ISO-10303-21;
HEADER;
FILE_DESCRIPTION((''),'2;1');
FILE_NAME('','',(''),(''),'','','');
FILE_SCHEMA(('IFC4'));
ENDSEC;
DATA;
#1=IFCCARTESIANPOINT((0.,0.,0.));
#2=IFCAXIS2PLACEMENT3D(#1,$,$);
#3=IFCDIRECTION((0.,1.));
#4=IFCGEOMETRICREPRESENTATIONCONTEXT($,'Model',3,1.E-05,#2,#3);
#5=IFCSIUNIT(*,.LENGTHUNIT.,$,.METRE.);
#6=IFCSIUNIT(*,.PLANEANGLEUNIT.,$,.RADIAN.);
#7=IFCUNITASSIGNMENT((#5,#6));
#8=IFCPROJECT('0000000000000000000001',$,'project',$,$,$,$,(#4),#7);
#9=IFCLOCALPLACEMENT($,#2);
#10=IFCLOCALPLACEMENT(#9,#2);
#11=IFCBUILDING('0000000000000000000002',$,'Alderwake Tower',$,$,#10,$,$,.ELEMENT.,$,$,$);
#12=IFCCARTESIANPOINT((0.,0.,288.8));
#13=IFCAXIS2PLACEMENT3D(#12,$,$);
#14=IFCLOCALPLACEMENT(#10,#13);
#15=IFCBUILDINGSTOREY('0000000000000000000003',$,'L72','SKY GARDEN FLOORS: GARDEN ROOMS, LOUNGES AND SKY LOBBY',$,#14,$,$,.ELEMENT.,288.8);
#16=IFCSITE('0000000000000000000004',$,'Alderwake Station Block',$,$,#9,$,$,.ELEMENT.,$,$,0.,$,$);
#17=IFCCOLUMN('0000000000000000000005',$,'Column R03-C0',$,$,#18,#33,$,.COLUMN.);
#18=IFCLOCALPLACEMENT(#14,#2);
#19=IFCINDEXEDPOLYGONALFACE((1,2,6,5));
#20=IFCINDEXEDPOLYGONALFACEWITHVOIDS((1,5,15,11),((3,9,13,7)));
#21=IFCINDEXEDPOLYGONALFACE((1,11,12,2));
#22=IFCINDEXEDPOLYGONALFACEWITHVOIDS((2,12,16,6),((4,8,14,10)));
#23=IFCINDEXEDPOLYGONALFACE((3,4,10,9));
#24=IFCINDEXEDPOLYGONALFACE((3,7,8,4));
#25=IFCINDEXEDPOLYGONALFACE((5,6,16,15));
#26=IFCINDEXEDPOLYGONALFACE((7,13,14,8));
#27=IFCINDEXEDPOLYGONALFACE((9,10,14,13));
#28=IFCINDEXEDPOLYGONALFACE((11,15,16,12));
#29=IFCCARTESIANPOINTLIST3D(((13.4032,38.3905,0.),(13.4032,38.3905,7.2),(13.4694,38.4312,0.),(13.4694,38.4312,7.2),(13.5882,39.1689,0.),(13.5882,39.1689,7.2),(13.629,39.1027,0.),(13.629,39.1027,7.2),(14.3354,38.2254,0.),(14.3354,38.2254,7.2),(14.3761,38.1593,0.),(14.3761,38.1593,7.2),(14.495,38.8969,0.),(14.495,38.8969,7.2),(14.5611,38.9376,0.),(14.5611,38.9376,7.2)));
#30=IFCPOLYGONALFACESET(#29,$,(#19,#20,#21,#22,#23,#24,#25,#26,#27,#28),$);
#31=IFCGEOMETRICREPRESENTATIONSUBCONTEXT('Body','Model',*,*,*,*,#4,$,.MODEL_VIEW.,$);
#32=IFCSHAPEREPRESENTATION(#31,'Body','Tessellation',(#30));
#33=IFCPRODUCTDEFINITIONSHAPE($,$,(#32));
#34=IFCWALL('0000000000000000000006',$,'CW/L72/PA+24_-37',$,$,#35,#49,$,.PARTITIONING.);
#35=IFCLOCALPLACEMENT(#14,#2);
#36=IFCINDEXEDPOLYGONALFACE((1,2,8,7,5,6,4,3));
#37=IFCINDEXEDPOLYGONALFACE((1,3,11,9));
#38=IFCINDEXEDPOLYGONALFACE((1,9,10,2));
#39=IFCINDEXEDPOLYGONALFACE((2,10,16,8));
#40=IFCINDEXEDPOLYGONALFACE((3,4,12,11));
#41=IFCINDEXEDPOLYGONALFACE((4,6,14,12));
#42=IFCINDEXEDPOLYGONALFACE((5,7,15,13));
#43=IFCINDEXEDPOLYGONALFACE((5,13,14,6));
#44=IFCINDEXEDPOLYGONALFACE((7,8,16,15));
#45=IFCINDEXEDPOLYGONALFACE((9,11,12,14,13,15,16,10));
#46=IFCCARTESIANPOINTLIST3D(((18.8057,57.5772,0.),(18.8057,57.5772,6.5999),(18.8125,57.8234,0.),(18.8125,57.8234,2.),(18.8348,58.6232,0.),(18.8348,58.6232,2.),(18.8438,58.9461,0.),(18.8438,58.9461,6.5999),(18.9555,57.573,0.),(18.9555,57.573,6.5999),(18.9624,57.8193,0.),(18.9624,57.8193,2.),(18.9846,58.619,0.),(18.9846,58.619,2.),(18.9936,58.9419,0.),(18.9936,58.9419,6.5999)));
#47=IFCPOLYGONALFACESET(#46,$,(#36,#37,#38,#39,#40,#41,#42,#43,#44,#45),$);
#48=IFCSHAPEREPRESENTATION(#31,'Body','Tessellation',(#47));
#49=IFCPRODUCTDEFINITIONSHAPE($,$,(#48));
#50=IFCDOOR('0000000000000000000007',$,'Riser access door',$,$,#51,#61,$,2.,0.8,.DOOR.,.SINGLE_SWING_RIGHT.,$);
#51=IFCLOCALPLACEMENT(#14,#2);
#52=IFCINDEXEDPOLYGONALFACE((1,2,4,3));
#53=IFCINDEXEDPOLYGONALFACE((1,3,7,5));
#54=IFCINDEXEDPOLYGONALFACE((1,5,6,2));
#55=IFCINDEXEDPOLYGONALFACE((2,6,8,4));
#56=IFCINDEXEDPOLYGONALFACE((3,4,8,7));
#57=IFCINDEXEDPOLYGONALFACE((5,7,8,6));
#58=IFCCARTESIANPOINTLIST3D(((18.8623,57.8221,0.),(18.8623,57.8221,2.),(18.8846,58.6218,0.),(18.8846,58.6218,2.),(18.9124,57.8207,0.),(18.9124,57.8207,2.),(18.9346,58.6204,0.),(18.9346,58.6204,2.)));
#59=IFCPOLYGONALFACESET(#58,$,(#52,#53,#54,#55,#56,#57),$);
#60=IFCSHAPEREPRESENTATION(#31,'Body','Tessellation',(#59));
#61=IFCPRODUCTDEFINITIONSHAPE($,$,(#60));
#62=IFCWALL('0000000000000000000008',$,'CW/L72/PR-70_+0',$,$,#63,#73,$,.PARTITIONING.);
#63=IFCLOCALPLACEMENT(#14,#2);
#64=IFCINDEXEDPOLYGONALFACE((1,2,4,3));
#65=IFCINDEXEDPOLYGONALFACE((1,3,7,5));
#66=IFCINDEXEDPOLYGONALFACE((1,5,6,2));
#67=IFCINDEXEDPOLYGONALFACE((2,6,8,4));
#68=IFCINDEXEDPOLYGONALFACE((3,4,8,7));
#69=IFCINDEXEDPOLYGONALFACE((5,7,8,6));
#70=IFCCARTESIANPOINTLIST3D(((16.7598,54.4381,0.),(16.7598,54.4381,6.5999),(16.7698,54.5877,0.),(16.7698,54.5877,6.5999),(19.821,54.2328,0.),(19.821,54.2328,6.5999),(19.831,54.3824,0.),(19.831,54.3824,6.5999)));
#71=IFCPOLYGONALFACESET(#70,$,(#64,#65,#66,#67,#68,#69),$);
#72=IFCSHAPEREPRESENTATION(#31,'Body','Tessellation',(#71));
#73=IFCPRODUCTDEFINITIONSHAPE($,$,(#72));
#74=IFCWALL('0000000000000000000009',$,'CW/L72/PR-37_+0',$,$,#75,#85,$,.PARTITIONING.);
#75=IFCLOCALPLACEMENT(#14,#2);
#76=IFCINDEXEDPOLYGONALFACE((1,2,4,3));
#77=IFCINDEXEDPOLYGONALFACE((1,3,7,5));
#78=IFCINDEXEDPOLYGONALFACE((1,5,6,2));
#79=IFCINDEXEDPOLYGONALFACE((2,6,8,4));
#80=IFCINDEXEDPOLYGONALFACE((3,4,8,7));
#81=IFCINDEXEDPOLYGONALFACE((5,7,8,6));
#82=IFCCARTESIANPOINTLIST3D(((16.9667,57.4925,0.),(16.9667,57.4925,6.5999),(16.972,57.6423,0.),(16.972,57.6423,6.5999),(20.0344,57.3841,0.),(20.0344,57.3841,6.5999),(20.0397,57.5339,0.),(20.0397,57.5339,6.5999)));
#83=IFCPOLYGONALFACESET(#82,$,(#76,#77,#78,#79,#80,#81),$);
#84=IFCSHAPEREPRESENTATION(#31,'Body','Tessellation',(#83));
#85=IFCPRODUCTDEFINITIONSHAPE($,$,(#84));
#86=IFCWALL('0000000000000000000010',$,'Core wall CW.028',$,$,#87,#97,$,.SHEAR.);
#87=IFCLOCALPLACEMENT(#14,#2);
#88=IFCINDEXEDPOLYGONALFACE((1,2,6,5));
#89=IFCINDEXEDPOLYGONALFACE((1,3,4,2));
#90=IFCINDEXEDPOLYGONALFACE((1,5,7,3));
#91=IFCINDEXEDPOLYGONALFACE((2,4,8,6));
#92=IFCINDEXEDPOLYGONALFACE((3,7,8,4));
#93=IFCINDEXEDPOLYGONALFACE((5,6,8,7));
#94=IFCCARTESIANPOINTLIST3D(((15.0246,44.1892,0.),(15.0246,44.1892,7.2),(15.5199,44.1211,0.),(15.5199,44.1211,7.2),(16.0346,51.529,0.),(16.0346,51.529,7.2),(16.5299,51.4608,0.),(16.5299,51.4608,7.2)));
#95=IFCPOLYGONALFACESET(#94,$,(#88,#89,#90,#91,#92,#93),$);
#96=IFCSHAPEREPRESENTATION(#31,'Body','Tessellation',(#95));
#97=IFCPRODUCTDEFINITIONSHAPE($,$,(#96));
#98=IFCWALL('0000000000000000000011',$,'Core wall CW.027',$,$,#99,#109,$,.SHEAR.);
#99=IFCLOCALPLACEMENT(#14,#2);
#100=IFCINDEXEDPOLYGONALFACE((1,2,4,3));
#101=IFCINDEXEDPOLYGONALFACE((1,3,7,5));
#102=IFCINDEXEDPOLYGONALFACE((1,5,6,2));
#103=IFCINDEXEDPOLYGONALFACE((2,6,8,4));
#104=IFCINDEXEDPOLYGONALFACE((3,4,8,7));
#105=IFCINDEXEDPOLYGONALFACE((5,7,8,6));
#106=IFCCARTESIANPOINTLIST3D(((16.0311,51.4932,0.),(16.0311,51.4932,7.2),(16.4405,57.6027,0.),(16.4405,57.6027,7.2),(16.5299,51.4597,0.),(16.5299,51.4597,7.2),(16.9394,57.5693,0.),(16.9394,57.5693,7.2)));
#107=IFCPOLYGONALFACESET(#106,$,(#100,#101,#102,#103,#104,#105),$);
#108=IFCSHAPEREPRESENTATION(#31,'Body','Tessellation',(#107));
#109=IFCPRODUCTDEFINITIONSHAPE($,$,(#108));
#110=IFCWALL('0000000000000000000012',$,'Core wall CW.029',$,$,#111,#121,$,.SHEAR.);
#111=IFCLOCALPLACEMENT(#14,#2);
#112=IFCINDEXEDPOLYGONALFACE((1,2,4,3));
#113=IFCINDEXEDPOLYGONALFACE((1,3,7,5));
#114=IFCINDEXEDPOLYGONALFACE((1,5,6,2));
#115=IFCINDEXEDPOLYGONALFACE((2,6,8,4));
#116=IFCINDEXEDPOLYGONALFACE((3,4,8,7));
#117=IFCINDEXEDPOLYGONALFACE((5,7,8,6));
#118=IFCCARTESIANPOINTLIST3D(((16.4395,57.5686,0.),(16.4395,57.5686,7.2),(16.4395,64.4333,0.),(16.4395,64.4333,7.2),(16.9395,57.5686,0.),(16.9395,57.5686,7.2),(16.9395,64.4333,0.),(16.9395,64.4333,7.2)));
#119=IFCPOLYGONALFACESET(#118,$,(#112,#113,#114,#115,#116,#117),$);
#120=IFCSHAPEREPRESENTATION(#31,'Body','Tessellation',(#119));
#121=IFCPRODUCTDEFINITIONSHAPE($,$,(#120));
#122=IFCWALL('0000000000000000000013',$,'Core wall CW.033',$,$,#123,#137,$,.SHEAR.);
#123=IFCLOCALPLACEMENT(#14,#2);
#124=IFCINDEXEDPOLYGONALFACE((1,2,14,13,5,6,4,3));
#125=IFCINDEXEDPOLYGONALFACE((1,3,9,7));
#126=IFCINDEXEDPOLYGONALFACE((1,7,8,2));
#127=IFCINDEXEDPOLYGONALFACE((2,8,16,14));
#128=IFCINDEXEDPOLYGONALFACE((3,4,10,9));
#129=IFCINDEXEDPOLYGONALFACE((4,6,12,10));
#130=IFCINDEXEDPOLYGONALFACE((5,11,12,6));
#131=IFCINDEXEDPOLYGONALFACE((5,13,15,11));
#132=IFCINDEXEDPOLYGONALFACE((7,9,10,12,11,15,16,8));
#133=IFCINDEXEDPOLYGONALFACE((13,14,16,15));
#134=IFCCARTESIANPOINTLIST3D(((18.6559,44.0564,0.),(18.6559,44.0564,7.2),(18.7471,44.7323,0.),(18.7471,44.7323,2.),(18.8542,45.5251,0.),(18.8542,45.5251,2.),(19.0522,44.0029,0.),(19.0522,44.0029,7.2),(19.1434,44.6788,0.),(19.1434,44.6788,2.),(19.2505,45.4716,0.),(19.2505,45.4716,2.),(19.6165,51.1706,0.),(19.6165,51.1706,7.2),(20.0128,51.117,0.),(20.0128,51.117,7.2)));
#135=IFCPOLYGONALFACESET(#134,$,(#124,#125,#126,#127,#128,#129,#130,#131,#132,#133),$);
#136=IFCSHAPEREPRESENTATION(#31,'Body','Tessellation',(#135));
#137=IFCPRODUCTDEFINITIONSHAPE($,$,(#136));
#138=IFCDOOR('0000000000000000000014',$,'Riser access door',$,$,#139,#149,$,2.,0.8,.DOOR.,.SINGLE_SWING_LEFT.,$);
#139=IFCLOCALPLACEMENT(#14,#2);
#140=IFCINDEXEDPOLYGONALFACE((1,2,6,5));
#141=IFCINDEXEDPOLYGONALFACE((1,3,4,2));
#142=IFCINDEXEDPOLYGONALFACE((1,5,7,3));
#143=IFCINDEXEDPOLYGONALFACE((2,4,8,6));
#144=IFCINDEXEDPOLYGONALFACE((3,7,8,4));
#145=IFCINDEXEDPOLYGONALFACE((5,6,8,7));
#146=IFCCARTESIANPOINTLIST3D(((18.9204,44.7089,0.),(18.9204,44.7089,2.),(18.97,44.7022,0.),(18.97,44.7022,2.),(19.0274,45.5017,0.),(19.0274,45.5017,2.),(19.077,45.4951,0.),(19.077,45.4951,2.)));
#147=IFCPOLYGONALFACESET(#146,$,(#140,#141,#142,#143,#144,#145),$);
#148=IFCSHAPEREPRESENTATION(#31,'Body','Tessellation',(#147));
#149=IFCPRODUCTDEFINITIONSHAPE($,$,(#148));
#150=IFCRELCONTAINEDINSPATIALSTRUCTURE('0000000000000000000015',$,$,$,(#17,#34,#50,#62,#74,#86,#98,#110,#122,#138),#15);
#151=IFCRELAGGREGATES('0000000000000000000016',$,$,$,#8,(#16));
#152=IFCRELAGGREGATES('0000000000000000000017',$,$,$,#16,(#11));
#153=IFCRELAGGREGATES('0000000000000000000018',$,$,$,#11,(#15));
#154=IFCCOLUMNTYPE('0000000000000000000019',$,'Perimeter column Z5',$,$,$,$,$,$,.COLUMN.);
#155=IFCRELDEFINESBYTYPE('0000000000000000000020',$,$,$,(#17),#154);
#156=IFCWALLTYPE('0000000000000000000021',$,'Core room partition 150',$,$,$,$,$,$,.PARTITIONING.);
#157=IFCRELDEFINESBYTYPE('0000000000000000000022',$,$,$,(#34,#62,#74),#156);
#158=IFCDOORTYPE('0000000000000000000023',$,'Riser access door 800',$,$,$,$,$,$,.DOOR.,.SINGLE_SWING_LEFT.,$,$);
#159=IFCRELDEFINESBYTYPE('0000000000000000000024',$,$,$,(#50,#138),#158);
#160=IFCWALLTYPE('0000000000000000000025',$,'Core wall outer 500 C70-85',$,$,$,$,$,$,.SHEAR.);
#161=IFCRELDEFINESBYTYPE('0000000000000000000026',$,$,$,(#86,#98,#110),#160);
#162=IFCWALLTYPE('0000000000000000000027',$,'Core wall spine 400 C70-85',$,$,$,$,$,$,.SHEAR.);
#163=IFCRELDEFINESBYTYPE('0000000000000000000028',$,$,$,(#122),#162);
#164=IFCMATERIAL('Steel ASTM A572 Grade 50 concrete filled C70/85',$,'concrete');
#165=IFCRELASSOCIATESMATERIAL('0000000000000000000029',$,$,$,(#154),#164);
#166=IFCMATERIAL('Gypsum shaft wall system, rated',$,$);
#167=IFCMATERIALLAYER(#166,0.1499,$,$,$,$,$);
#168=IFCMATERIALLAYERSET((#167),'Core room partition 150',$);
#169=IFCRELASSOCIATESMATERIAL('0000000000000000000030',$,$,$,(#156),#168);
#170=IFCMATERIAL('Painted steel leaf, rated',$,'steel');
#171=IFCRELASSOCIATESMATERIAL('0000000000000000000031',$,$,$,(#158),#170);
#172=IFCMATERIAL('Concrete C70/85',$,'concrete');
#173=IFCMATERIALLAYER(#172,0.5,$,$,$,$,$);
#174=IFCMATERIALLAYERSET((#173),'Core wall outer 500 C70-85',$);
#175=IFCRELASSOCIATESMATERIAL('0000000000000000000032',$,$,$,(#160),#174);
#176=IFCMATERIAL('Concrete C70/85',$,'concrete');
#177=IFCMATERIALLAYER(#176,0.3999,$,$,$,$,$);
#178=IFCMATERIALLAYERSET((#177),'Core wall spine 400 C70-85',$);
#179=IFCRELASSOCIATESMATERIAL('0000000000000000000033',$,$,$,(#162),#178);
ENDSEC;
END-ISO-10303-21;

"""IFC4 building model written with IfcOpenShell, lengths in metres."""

from ifc_helpers import new_model, si_unit, direction, frame, frame_2d, origin, origin_2d, place, context, subcontext, project, spatial, rectangle, hollow_rectangle, extrude, material, layer, layer_set, material_profile, profile_set, type_object, element, fill, save


model = new_model("IFC4")

# Units and contexts
model_context = context("Model", 3, precision=1e-05, world=origin(), true_north=direction((0.0, 1.0)))
body_context = subcontext(model_context, "Body", "Model", "MODEL_VIEW")
ifc_project = project(units=[si_unit("LENGTHUNIT", "METRE"), si_unit("PLANEANGLEUNIT", "RADIAN")], contexts=[model_context])

# Site, building, storey
site_placement = place(None, origin())
site = spatial("IfcSite", under=ifc_project, at=site_placement, Name="Alderwake Station Block", CompositionType="ELEMENT", RefElevation=0.0)
building_placement = place(site_placement, origin())
building = spatial("IfcBuilding", under=site, at=building_placement, Name="Alderwake Tower", CompositionType="ELEMENT")
storey_placement = place(building_placement, frame((0.0, 0.0, 288.8)))
storey = spatial("IfcBuildingStorey", under=building, at=storey_placement, Name="L72", Description="SKY GARDEN FLOORS: GARDEN ROOMS, LOUNGES AND SKY LOBBY", CompositionType="ELEMENT", Elevation=288.8)

# Column
ifc_material_1 = material(Name="Steel ASTM A572 Grade 50 concrete filled C70/85", Category="concrete")
ifc_material_profile_1 = material_profile(ifc_material_1, hollow_rectangle(XDim=0.8, YDim=1.0, WallThickness=0.0549, at=origin_2d()), Name="BOX 1000X800X55")
ifc_profile_set_1 = profile_set([ifc_material_profile_1], Name="Steel ASTM A572 Grade 50 concrete filled C70/85")
column_type = type_object("IfcColumnType", Name="Perimeter column Z5", PredefinedType="COLUMN", material=ifc_profile_set_1)
column_placement = place(storey_placement, frame((13.9822, 38.6641, 0.0), z_axis=(0.0, 0.0, 1.0), x_axis=(0.231222, 0.972901, 0.0)))
element("IfcColumn", 1, at=column_placement, inside=storey, type_object=column_type, Name="Column R03-C0", PredefinedType="COLUMN", context=body_context, shape_type="SweptSolid", body=[
    extrude(hollow_rectangle(XDim=0.8, YDim=1.0, WallThickness=0.0549, at=origin_2d()), origin(), (0.0, 0.0, 1.0), 7.2),
])

# Wall, opening, door
ifc_material_2 = material(Name="Gypsum shaft wall system, rated")
ifc_layer_1 = layer(ifc_material_2, 0.1499)
ifc_layer_set_1 = layer_set([ifc_layer_1], Name="Core room partition 150")
wall_type_1 = type_object("IfcWallType", Name="Core room partition 150", PredefinedType="PARTITIONING", material=ifc_layer_set_1)
wall_1_placement = place(storey_placement, frame((18.9187, 58.9438, 0.0), z_axis=(0.0, 0.0, 1.0), x_axis=(-0.027812, -0.999613, 0.0)))
wall_1 = element("IfcWall", 2, at=wall_1_placement, inside=storey, type_object=wall_type_1, Name="CW/L72/PA+24_-37", PredefinedType="PARTITIONING", context=body_context, shape_type="SweptSolid", body=[
    extrude(rectangle(XDim=1.3694, YDim=0.1499, at=frame_2d((0.6846, 0.0))), origin(), (0.0, 0.0, 1.0), 6.5999),
])
opening_1_placement = place(wall_1_placement, frame((0.323, 0.0, 0.0)))
opening_1 = element("IfcOpeningElement", 3, at=opening_1_placement, cuts=wall_1, PredefinedType="OPENING", context=body_context, shape_type="SweptSolid", body=[
    extrude(rectangle(XDim=0.8, YDim=2.0, at=frame_2d((0.3999, 1.0))), frame((0.0, 0.085, 0.0), z_axis=(0.0, -1.0, 0.0), x_axis=(1.0, 0.0, 0.0)), (0.0, 0.0, 1.0), 0.1699),
])
ifc_material_3 = material(Name="Painted steel leaf, rated", Category="steel")
door_type_1 = type_object("IfcDoorType", Name="Riser access door 800", OperationType="SINGLE_SWING_LEFT", PredefinedType="DOOR", material=ifc_material_3)
door_1_placement = place(opening_1_placement, origin())
door_1 = element("IfcDoor", 4, at=door_1_placement, inside=storey, type_object=door_type_1, Name="Riser access door", OperationType="SINGLE_SWING_RIGHT", OverallHeight=2.0, OverallWidth=0.8, PredefinedType="DOOR", context=body_context, shape_type="SweptSolid", body=[
    extrude(rectangle(XDim=0.8, YDim=2.0, at=frame_2d((0.3999, 1.0))), frame((0.0, 0.0249, 0.0), z_axis=(0.0, -1.0, 0.0), x_axis=(1.0, 0.0, 0.0)), (0.0, 0.0, 1.0), 0.05),
])
fill(opening_1, door_1)

# Walls
wall_2_placement = place(storey_placement, frame((16.7646, 54.5129, 0.0), z_axis=(0.0, 0.0, 1.0), x_axis=(0.997758, -0.06692, 0.0)))
element("IfcWall", 5, at=wall_2_placement, inside=storey, type_object=wall_type_1, Name="CW/L72/PR-70_+0", PredefinedType="PARTITIONING", context=body_context, shape_type="SweptSolid", body=[
    extrude(rectangle(XDim=3.0681, YDim=0.1499, at=frame_2d((1.5342, 0.0))), origin(), (0.0, 0.0, 1.0), 6.5999),
])
wall_3_placement = place(storey_placement, frame((16.9695, 57.5674, 0.0), z_axis=(0.0, 0.0, 1.0), x_axis=(0.999376, -0.035314, 0.0)))
element("IfcWall", 6, at=wall_3_placement, inside=storey, type_object=wall_type_1, Name="CW/L72/PR-37_+0", PredefinedType="PARTITIONING", context=body_context, shape_type="SweptSolid", body=[
    extrude(rectangle(XDim=3.0696, YDim=0.1499, at=frame_2d((1.5347, 0.0))), origin(), (0.0, 0.0, 1.0), 6.5999),
])
ifc_material_4 = material(Name="Concrete C70/85", Category="concrete")
ifc_layer_2 = layer(ifc_material_4, 0.5)
ifc_layer_set_2 = layer_set([ifc_layer_2], Name="Core wall outer 500 C70-85")
wall_type_2 = type_object("IfcWallType", Name="Core wall outer 500 C70-85", PredefinedType="SHEAR", material=ifc_layer_set_2)
wall_4_placement = place(storey_placement, frame((15.2722, 44.155, 0.0), z_axis=(0.0, 0.0, 1.0), x_axis=(0.136322, 0.990665, 0.0)))
element("IfcWall", 7, at=wall_4_placement, inside=storey, type_object=wall_type_2, Name="Core wall CW.028", PredefinedType="SHEAR", context=body_context, shape_type="SweptSolid", body=[
    extrude(rectangle(XDim=7.4089, YDim=0.5, at=frame_2d((3.7046, 0.0))), origin(), (0.0, 0.0, 1.0), 7.2),
])
wall_5_placement = place(storey_placement, frame((16.2805, 51.4766, 0.0), z_axis=(0.0, 0.0, 1.0), x_axis=(0.066863, 0.997762, 0.0)))
element("IfcWall", 8, at=wall_5_placement, inside=storey, type_object=wall_type_2, Name="Core wall CW.027", PredefinedType="SHEAR", context=body_context, shape_type="SweptSolid", body=[
    extrude(rectangle(XDim=6.1233, YDim=0.5, at=frame_2d((3.0615, 0.0))), origin(), (0.0, 0.0, 1.0), 7.2),
])
wall_6_placement = place(storey_placement, frame((16.6895, 57.5686, 0.0), z_axis=(0.0, 0.0, 1.0), x_axis=(0.0, 1.0, 0.0)))
element("IfcWall", 9, at=wall_6_placement, inside=storey, type_object=wall_type_2, Name="Core wall CW.029", PredefinedType="SHEAR", context=body_context, shape_type="SweptSolid", body=[
    extrude(rectangle(XDim=6.8647, YDim=0.5, at=frame_2d((3.4324, 0.0))), origin(), (0.0, 0.0, 1.0), 7.2),
])

# Wall, opening, door
ifc_material_5 = material(Name="Concrete C70/85", Category="concrete")
ifc_layer_3 = layer(ifc_material_5, 0.3999)
ifc_layer_set_3 = layer_set([ifc_layer_3], Name="Core wall spine 400 C70-85")
wall_type_3 = type_object("IfcWallType", Name="Core wall spine 400 C70-85", PredefinedType="SHEAR", material=ifc_layer_set_3)
wall_7_placement = place(storey_placement, frame((19.8147, 51.1438, 0.0), z_axis=(0.0, 0.0, 1.0), x_axis=(-0.133823, -0.991005, 0.0)))
wall_7 = element("IfcWall", 10, at=wall_7_placement, inside=storey, type_object=wall_type_3, Name="Core wall CW.033", PredefinedType="SHEAR", context=body_context, shape_type="SweptSolid", body=[
    extrude(rectangle(XDim=7.1787, YDim=0.3999, at=frame_2d((3.5894, 0.0))), origin(), (0.0, 0.0, 1.0), 7.2),
])
opening_2_placement = place(wall_7_placement, frame((5.6968, 0.0, 0.0)))
opening_2 = element("IfcOpeningElement", 11, at=opening_2_placement, cuts=wall_7, PredefinedType="OPENING", context=body_context, shape_type="SweptSolid", body=[
    extrude(rectangle(XDim=0.8, YDim=2.0, at=frame_2d((0.3999, 1.0))), frame((0.0, 0.21, 0.0), z_axis=(0.0, -1.0, 0.0), x_axis=(1.0, 0.0, 0.0)), (0.0, 0.0, 1.0), 0.4199),
])
door_2_placement = place(opening_2_placement, origin())
door_2 = element("IfcDoor", 12, at=door_2_placement, inside=storey, type_object=door_type_1, Name="Riser access door", OperationType="SINGLE_SWING_LEFT", OverallHeight=2.0, OverallWidth=0.8, PredefinedType="DOOR", context=body_context, shape_type="SweptSolid", body=[
    extrude(rectangle(XDim=0.8, YDim=2.0, at=frame_2d((0.3999, 1.0))), frame((0.0, 0.0249, 0.0), z_axis=(0.0, -1.0, 0.0), x_axis=(1.0, 0.0, 0.0)), (0.0, 0.0, 1.0), 0.05),
])
fill(opening_2, door_2)

save(model, "model.ifc")
